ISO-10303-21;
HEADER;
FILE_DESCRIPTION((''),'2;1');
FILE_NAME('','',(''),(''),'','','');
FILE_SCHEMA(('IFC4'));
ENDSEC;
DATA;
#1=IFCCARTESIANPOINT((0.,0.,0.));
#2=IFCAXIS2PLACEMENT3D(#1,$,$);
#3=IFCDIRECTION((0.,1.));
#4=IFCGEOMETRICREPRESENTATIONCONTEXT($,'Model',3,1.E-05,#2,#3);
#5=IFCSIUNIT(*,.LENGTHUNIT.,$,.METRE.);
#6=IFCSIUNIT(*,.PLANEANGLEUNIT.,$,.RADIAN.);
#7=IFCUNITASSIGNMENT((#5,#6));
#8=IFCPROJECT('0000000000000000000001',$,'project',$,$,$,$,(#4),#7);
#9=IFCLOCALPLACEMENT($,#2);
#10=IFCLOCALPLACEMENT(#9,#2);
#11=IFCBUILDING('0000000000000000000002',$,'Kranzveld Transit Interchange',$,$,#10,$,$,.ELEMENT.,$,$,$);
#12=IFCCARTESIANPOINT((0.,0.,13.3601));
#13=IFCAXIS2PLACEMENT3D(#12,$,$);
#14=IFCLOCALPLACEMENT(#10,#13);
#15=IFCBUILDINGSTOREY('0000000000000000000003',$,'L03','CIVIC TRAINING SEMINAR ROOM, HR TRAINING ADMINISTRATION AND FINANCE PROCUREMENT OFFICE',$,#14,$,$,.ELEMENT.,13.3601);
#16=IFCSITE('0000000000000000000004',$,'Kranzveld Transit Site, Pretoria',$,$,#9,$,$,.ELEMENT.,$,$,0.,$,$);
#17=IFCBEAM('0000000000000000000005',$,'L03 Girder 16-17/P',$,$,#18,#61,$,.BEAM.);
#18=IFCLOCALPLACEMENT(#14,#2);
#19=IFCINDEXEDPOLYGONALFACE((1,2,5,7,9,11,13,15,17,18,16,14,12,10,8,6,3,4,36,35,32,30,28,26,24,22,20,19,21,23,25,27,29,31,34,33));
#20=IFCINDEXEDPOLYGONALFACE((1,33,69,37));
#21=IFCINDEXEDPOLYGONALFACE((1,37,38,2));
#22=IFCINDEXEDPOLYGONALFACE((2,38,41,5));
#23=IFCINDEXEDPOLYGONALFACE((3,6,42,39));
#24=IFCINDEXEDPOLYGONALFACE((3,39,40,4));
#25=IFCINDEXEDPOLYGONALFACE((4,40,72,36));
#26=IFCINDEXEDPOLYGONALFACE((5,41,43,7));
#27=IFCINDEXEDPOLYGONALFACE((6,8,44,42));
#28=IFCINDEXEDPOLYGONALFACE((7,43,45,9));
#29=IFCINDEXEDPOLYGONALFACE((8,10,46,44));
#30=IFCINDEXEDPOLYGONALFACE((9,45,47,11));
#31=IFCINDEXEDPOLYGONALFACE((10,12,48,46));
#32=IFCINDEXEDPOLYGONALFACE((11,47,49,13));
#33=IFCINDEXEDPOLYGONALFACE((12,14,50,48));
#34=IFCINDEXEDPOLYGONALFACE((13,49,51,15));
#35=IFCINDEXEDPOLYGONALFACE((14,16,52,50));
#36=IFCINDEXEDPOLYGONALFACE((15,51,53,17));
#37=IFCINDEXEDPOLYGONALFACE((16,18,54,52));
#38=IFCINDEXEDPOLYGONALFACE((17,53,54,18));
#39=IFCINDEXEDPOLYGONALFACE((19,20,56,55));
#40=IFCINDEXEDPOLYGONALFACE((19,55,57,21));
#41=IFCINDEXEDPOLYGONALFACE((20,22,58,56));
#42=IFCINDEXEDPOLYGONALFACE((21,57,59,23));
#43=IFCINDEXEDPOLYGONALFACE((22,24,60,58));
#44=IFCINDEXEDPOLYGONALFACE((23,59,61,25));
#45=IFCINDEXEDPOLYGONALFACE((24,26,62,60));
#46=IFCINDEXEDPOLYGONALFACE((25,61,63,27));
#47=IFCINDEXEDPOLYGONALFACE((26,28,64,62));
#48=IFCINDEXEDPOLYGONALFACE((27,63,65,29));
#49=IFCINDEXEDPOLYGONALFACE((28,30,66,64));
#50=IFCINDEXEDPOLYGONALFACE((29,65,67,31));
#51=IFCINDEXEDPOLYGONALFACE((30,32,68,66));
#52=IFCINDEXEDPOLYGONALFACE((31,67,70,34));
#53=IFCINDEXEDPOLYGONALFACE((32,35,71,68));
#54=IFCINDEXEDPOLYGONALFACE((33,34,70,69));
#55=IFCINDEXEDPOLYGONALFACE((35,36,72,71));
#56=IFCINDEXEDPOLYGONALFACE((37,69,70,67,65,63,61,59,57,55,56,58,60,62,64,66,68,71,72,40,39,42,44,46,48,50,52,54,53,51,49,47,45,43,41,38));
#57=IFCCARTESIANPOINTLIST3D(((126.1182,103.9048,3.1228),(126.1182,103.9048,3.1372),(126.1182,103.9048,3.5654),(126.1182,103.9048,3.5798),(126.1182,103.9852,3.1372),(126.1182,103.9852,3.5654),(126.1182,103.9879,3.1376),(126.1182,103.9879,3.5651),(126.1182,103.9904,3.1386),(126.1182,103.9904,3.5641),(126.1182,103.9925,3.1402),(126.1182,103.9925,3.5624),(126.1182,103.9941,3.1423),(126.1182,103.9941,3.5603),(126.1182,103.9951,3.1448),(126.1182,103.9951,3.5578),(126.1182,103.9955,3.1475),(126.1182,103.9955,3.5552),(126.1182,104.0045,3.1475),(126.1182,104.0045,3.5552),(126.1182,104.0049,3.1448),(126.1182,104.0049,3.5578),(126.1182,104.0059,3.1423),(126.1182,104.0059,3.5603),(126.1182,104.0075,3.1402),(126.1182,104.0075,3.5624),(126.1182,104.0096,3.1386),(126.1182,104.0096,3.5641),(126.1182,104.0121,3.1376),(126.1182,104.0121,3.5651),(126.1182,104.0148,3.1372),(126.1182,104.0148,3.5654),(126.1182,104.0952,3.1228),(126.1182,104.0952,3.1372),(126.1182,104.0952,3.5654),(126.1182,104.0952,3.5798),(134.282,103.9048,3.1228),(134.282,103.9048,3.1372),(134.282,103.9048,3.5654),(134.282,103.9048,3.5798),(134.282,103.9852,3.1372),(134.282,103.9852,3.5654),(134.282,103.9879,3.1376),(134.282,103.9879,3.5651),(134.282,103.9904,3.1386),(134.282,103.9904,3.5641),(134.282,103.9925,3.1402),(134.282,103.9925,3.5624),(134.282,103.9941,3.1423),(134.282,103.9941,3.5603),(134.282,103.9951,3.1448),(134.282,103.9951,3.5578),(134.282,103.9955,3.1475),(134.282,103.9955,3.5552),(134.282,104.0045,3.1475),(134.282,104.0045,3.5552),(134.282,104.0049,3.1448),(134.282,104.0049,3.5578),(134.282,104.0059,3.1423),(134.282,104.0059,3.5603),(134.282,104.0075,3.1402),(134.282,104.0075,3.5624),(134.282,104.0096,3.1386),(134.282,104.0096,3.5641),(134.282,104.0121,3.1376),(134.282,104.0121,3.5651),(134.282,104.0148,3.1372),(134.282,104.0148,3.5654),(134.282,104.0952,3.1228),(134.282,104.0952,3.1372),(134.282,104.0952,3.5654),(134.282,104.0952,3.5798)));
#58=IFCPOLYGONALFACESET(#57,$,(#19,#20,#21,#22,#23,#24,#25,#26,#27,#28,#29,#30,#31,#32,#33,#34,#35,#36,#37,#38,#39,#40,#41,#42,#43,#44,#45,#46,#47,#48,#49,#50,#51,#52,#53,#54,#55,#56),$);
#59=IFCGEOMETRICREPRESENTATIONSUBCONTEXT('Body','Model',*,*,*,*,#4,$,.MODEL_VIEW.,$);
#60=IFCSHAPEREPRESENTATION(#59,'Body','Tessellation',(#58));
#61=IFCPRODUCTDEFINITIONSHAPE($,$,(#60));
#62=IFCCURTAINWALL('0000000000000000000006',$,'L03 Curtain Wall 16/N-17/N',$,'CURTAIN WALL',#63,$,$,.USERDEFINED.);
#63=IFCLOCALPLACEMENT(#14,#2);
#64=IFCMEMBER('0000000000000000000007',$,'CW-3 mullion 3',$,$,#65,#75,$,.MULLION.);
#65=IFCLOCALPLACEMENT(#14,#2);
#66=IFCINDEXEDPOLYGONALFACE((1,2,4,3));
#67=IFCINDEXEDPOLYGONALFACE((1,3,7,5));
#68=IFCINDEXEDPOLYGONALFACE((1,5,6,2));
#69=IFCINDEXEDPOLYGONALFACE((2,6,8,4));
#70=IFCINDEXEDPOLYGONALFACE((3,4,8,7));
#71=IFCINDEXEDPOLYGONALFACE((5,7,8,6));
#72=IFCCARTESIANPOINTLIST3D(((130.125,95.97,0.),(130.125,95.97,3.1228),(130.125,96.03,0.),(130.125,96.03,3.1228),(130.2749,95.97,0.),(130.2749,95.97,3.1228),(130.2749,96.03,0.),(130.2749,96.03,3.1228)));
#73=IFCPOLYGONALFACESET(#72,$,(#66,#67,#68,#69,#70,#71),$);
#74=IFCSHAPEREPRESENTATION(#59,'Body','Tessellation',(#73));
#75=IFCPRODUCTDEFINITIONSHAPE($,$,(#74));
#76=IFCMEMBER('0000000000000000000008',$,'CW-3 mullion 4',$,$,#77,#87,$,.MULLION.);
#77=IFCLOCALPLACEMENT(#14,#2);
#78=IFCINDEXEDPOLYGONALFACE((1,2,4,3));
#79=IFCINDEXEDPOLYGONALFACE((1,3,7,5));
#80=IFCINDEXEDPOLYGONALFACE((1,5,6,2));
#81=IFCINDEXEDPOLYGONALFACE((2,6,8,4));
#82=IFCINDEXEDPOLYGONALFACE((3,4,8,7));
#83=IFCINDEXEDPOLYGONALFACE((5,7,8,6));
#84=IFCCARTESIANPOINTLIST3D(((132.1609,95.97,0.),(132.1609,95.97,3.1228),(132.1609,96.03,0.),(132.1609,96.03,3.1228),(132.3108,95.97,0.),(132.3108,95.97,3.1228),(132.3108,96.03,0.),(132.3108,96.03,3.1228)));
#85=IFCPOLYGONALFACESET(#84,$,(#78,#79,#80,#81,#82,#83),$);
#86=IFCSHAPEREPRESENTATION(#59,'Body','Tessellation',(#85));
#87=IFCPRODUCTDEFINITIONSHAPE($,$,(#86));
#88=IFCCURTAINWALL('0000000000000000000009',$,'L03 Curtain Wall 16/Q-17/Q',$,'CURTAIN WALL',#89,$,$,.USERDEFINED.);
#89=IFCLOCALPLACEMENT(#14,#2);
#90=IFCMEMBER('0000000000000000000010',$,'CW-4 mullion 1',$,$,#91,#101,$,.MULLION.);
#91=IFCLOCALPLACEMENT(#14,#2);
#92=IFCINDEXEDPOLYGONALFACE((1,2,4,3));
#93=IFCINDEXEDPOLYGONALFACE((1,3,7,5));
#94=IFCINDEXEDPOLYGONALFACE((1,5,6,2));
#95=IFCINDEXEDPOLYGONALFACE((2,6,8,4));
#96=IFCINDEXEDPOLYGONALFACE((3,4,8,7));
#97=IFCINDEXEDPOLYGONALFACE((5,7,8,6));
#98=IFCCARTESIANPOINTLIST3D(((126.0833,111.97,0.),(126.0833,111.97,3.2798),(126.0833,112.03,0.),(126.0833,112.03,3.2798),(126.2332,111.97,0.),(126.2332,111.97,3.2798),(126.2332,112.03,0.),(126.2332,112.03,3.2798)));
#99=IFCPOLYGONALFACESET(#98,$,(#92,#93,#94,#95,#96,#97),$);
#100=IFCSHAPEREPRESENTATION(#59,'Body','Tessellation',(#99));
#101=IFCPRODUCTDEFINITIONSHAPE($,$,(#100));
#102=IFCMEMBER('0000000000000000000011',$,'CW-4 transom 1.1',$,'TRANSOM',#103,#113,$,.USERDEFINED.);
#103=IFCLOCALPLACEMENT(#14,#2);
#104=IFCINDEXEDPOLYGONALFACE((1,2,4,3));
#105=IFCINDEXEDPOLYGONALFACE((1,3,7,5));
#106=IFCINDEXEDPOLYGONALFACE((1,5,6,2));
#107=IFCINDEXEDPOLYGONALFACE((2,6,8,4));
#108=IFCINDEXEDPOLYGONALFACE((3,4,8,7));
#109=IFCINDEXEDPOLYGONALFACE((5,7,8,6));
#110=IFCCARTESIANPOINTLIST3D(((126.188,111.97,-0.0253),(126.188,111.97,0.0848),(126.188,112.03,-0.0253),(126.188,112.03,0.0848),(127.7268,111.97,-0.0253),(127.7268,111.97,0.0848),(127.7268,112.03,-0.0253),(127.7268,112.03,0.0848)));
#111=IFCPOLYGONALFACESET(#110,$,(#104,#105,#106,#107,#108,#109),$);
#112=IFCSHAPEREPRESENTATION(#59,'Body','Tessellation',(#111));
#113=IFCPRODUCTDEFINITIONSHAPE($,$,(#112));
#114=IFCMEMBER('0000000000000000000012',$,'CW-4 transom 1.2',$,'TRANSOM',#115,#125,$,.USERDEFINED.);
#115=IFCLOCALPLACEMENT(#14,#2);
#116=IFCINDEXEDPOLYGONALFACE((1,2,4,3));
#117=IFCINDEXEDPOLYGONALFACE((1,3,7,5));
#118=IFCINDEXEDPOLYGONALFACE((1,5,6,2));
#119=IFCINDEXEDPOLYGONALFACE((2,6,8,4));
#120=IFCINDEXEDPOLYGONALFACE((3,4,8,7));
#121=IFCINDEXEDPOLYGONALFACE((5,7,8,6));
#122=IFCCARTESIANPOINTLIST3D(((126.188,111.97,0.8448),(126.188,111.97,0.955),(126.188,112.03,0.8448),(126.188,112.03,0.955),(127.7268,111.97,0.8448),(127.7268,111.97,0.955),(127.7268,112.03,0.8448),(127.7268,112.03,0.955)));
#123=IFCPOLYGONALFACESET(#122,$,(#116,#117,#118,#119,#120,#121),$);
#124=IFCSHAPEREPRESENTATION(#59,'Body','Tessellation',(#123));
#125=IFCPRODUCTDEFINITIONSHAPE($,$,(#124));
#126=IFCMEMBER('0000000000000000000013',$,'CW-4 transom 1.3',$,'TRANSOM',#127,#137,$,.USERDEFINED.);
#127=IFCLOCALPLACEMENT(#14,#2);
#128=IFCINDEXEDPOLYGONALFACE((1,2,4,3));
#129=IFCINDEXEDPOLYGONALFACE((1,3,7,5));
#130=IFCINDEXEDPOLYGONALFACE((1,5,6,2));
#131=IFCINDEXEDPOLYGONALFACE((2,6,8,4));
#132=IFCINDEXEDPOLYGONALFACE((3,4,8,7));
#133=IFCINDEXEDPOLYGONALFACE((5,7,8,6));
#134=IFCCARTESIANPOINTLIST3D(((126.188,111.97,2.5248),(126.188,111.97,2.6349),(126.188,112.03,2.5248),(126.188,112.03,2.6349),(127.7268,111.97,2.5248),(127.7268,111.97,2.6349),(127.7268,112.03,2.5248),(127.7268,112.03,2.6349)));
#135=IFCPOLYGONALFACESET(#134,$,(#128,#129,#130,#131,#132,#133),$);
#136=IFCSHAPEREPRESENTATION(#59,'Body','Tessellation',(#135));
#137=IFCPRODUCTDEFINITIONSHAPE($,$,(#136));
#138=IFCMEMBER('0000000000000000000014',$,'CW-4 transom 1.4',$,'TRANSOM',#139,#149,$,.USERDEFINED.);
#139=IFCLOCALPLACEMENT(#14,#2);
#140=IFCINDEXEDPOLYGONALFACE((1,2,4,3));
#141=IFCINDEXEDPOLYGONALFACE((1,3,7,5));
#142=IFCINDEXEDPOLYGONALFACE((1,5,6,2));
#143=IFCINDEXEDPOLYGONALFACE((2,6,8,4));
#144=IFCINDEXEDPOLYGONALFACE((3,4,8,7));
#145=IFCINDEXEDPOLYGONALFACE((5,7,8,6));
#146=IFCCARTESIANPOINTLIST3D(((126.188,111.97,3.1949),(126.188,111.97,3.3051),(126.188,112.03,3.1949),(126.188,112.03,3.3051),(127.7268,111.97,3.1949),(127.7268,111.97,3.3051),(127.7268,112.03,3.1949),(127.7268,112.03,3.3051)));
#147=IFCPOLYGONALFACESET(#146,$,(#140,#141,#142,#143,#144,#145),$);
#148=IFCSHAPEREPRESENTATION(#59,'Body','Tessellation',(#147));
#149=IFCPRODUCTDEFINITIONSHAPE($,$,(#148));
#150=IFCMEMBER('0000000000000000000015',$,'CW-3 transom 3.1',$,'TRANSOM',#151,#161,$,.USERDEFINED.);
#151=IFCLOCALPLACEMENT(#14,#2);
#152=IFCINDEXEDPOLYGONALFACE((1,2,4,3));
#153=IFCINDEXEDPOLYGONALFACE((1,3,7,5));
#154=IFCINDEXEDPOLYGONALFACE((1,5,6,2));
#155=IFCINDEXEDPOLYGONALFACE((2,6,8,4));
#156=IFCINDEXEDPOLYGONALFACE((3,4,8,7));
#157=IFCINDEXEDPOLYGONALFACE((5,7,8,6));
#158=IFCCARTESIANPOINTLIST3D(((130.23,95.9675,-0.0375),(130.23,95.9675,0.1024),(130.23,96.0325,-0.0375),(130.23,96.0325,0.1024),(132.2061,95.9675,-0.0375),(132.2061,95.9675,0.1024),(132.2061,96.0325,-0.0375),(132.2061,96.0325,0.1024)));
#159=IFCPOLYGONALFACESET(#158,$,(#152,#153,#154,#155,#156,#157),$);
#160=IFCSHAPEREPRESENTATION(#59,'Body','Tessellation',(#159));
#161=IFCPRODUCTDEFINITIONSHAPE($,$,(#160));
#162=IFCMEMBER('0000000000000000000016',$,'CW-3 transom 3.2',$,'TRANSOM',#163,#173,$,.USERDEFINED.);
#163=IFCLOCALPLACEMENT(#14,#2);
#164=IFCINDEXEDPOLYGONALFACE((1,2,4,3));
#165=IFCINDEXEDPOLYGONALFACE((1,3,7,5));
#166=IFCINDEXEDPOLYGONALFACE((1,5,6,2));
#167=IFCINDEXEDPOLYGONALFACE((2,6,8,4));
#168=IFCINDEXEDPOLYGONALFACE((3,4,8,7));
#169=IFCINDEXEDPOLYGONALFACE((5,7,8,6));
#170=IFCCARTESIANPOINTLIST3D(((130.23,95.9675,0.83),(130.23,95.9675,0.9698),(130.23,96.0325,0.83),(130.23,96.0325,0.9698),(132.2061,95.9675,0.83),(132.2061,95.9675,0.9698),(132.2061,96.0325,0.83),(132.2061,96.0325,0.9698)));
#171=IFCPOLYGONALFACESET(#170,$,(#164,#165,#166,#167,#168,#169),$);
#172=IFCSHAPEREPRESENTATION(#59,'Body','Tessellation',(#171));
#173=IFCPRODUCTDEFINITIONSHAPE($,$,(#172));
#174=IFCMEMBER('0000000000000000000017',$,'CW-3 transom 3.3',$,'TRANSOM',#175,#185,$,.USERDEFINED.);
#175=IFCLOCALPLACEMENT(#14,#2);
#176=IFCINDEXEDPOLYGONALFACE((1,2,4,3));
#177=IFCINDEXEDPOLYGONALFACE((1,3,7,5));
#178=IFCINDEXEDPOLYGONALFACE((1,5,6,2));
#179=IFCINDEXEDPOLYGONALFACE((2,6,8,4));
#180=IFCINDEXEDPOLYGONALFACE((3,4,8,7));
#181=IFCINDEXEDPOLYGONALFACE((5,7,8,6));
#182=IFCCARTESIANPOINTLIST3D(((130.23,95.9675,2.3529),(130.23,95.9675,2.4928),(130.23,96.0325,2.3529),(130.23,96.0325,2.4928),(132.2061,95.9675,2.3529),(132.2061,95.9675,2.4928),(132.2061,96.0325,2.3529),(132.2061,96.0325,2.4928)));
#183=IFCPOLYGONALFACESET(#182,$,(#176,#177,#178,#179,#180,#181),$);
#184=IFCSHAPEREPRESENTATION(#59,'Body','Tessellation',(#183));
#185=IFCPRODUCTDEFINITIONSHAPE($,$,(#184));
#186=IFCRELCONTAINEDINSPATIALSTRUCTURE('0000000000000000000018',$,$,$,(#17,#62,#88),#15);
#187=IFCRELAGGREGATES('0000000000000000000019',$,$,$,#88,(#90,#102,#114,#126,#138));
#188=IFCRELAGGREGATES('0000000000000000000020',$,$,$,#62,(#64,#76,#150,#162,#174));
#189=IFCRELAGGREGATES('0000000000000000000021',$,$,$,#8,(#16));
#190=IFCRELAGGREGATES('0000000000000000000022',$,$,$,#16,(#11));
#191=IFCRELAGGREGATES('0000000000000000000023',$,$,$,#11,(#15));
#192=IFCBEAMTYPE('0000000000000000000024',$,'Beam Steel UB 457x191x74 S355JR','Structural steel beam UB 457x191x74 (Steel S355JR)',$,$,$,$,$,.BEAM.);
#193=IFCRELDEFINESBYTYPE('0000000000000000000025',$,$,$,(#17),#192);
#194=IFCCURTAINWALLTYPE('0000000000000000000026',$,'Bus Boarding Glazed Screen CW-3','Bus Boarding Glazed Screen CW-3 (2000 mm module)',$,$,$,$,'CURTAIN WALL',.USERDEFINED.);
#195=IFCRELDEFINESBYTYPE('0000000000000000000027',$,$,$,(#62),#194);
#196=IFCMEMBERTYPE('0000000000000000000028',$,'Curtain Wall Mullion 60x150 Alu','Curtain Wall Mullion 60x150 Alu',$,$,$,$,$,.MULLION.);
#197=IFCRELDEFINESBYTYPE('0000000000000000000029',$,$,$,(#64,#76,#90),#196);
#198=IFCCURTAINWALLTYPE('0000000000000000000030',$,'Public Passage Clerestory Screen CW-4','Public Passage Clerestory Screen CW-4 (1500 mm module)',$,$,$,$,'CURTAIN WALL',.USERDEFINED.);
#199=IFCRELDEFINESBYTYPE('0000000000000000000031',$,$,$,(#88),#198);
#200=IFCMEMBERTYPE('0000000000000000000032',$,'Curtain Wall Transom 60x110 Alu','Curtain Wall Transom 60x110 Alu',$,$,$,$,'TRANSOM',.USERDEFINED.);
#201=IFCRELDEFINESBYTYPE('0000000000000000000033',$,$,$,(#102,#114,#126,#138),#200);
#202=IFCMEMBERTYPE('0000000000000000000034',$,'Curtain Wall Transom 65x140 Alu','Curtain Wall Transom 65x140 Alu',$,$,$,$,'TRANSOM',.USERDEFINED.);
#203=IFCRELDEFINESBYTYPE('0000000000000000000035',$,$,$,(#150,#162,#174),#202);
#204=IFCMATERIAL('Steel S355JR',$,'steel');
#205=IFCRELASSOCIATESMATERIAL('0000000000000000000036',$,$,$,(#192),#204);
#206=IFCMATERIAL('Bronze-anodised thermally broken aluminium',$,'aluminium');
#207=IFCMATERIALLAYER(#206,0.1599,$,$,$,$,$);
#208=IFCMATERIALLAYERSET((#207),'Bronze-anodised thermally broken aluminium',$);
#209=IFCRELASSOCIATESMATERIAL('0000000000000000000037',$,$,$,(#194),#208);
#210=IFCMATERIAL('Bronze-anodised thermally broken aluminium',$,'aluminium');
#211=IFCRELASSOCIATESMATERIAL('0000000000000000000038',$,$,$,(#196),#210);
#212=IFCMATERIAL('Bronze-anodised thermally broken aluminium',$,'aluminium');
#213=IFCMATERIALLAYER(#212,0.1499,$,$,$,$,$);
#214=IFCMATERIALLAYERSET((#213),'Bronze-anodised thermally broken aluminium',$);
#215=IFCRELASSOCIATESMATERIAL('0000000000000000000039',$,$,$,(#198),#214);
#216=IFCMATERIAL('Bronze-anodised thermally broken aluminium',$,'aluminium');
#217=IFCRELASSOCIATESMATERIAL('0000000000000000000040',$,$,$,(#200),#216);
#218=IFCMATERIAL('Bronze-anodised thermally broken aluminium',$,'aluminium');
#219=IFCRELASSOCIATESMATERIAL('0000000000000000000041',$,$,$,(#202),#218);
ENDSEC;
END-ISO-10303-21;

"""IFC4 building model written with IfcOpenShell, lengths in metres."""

from ifc_helpers import new_model, si_unit, direction, frame, origin, origin_2d, place, context, subcontext, project, spatial, rectangle, i_section, extrude, material, layer, layer_set, material_profile, profile_set, type_object, element, aggregate, save


model = new_model("IFC4")

# Units and contexts
model_context = context("Model", 3, precision=1e-05, world=origin(), true_north=direction((0.0, 1.0)))
body_context = subcontext(model_context, "Body", "Model", "MODEL_VIEW")
ifc_project = project(units=[si_unit("LENGTHUNIT", "METRE"), si_unit("PLANEANGLEUNIT", "RADIAN")], contexts=[model_context])

# Site, building, storey
site_placement = place(None, origin())
site = spatial("IfcSite", under=ifc_project, at=site_placement, Name="Kranzveld Transit Site, Pretoria", CompositionType="ELEMENT", RefElevation=0.0)
building_placement = place(site_placement, origin())
building = spatial("IfcBuilding", under=site, at=building_placement, Name="Kranzveld Transit Interchange", CompositionType="ELEMENT")
storey_placement = place(building_placement, frame((0.0, 0.0, 13.3601)))
storey = spatial("IfcBuildingStorey", under=building, at=storey_placement, Name="L03", Description="CIVIC TRAINING SEMINAR ROOM, HR TRAINING ADMINISTRATION AND FINANCE PROCUREMENT OFFICE", CompositionType="ELEMENT", Elevation=13.3601)

# Beam
ifc_material_1 = material(Name="Steel S355JR", Category="steel")
ifc_material_profile_1 = material_profile(ifc_material_1, i_section(OverallWidth=0.1904, OverallDepth=0.457, WebThickness=0.009, FlangeThickness=0.0144, FilletRadius=0.0103, at=origin_2d()), Name="UB 457x191x74")
ifc_profile_set_1 = profile_set([ifc_material_profile_1], Name="Steel S355JR")
beam_type_1 = type_object("IfcBeamType", Name="Beam Steel UB 457x191x74 S355JR", Description="Structural steel beam UB 457x191x74 (Steel S355JR)", PredefinedType="BEAM", material=ifc_profile_set_1)
beam_1_placement = place(storey_placement, frame((126.1182, 104.0, 3.3513), z_axis=(1.0, 0.0, 0.0), x_axis=(0.0, 1.0, 0.0)))
element("IfcBeam", 1, at=beam_1_placement, inside=storey, type_object=beam_type_1, Name="L03 Girder 16-17/P", PredefinedType="BEAM", context=body_context, shape_type="SweptSolid", body=[
    extrude(i_section(OverallWidth=0.1904, OverallDepth=0.457, WebThickness=0.009, FlangeThickness=0.0144, FilletRadius=0.0103, at=origin_2d()), origin(), (0.0, 0.0, 1.0), 8.1638),
])

# Curtain walls, members
ifc_material_2 = material(Name="Bronze-anodised thermally broken aluminium", Category="aluminium")
ifc_layer_1 = layer(ifc_material_2, 0.1599)
ifc_layer_set_1 = layer_set([ifc_layer_1], Name="Bronze-anodised thermally broken aluminium")
curtain_wall_type_1 = type_object("IfcCurtainWallType", Name="Bus Boarding Glazed Screen CW-3", Description="Bus Boarding Glazed Screen CW-3 (2000 mm module)", ElementType="CURTAIN WALL", PredefinedType="USERDEFINED", material=ifc_layer_set_1)
curtain_wall_1_placement = place(storey_placement, origin())
curtain_wall_1 = element("IfcCurtainWall", 2, at=curtain_wall_1_placement, inside=storey, type_object=curtain_wall_type_1, Name="L03 Curtain Wall 16/N-17/N", ObjectType="CURTAIN WALL", PredefinedType="USERDEFINED")
ifc_material_3 = material(Name="Bronze-anodised thermally broken aluminium", Category="aluminium")
ifc_material_profile_2 = material_profile(ifc_material_3, rectangle(XDim=0.0601, YDim=0.1499, at=origin_2d()), Name="ALU MULLION 60x150")
ifc_profile_set_2 = profile_set([ifc_material_profile_2], Name="Bronze-anodised thermally broken aluminium")
member_type_1 = type_object("IfcMemberType", Name="Curtain Wall Mullion 60x150 Alu", Description="Curtain Wall Mullion 60x150 Alu", PredefinedType="MULLION", material=ifc_profile_set_2)
member_1_placement = place(storey_placement, frame((130.2, 96.0, 0.0), z_axis=(0.0, 0.0, 1.0), x_axis=(0.0, 1.0, 0.0)))
member_1 = element("IfcMember", 3, at=member_1_placement, type_object=member_type_1, Name="CW-3 mullion 3", PredefinedType="MULLION", context=body_context, shape_type="SweptSolid", body=[
    extrude(rectangle(XDim=0.0601, YDim=0.1499, at=origin_2d()), origin(), (0.0, 0.0, 1.0), 3.1228),
])
member_2_placement = place(storey_placement, frame((132.2358, 96.0, 0.0), z_axis=(0.0, 0.0, 1.0), x_axis=(0.0, 1.0, 0.0)))
member_2 = element("IfcMember", 4, at=member_2_placement, type_object=member_type_1, Name="CW-3 mullion 4", PredefinedType="MULLION", context=body_context, shape_type="SweptSolid", body=[
    extrude(rectangle(XDim=0.0601, YDim=0.1499, at=origin_2d()), origin(), (0.0, 0.0, 1.0), 3.1228),
])
ifc_material_4 = material(Name="Bronze-anodised thermally broken aluminium", Category="aluminium")
ifc_layer_2 = layer(ifc_material_4, 0.1499)
ifc_layer_set_2 = layer_set([ifc_layer_2], Name="Bronze-anodised thermally broken aluminium")
curtain_wall_type_2 = type_object("IfcCurtainWallType", Name="Public Passage Clerestory Screen CW-4", Description="Public Passage Clerestory Screen CW-4 (1500 mm module)", ElementType="CURTAIN WALL", PredefinedType="USERDEFINED", material=ifc_layer_set_2)
curtain_wall_2_placement = place(storey_placement, origin())
curtain_wall_2 = element("IfcCurtainWall", 5, at=curtain_wall_2_placement, inside=storey, type_object=curtain_wall_type_2, Name="L03 Curtain Wall 16/Q-17/Q", ObjectType="CURTAIN WALL", PredefinedType="USERDEFINED")
member_3_placement = place(storey_placement, frame((126.1582, 112.0, 0.0), z_axis=(0.0, 0.0, 1.0), x_axis=(0.0, 1.0, 0.0)))
member_3 = element("IfcMember", 6, at=member_3_placement, type_object=member_type_1, Name="CW-4 mullion 1", PredefinedType="MULLION", context=body_context, shape_type="SweptSolid", body=[
    extrude(rectangle(XDim=0.0601, YDim=0.1499, at=origin_2d()), origin(), (0.0, 0.0, 1.0), 3.2798),
])
ifc_material_5 = material(Name="Bronze-anodised thermally broken aluminium", Category="aluminium")
ifc_material_profile_3 = material_profile(ifc_material_5, rectangle(XDim=0.0601, YDim=0.1101, at=origin_2d()), Name="ALU TRANSOM 60x110")
ifc_profile_set_3 = profile_set([ifc_material_profile_3], Name="Bronze-anodised thermally broken aluminium")
member_type_2 = type_object("IfcMemberType", Name="Curtain Wall Transom 60x110 Alu", Description="Curtain Wall Transom 60x110 Alu", ElementType="TRANSOM", PredefinedType="USERDEFINED", material=ifc_profile_set_3)
member_4_placement = place(storey_placement, frame((126.188, 112.0, 0.0298), z_axis=(1.0, 0.0, 0.0), x_axis=(0.0, 1.0, 0.0)))
member_4 = element("IfcMember", 7, at=member_4_placement, type_object=member_type_2, Name="CW-4 transom 1.1", ObjectType="TRANSOM", PredefinedType="USERDEFINED", context=body_context, shape_type="SweptSolid", body=[
    extrude(rectangle(XDim=0.0601, YDim=0.1101, at=origin_2d()), origin(), (0.0, 0.0, 1.0), 1.5388),
])
member_5_placement = place(storey_placement, frame((126.188, 112.0, 0.8999), z_axis=(1.0, 0.0, 0.0), x_axis=(0.0, 1.0, 0.0)))
member_5 = element("IfcMember", 8, at=member_5_placement, type_object=member_type_2, Name="CW-4 transom 1.2", ObjectType="TRANSOM", PredefinedType="USERDEFINED", context=body_context, shape_type="SweptSolid", body=[
    extrude(rectangle(XDim=0.0601, YDim=0.1101, at=origin_2d()), origin(), (0.0, 0.0, 1.0), 1.5388),
])
member_6_placement = place(storey_placement, frame((126.188, 112.0, 2.5798), z_axis=(1.0, 0.0, 0.0), x_axis=(0.0, 1.0, 0.0)))
member_6 = element("IfcMember", 9, at=member_6_placement, type_object=member_type_2, Name="CW-4 transom 1.3", ObjectType="TRANSOM", PredefinedType="USERDEFINED", context=body_context, shape_type="SweptSolid", body=[
    extrude(rectangle(XDim=0.0601, YDim=0.1101, at=origin_2d()), origin(), (0.0, 0.0, 1.0), 1.5388),
])
member_7_placement = place(storey_placement, frame((126.188, 112.0, 3.25), z_axis=(1.0, 0.0, 0.0), x_axis=(0.0, 1.0, 0.0)))
member_7 = element("IfcMember", 10, at=member_7_placement, type_object=member_type_2, Name="CW-4 transom 1.4", ObjectType="TRANSOM", PredefinedType="USERDEFINED", context=body_context, shape_type="SweptSolid", body=[
    extrude(rectangle(XDim=0.0601, YDim=0.1101, at=origin_2d()), origin(), (0.0, 0.0, 1.0), 1.5388),
])

# Members
ifc_material_6 = material(Name="Bronze-anodised thermally broken aluminium", Category="aluminium")
ifc_material_profile_4 = material_profile(ifc_material_6, rectangle(XDim=0.0649, YDim=0.1399, at=origin_2d()), Name="ALU TRANSOM 65x140")
ifc_profile_set_4 = profile_set([ifc_material_profile_4], Name="Bronze-anodised thermally broken aluminium")
member_type_3 = type_object("IfcMemberType", Name="Curtain Wall Transom 65x140 Alu", Description="Curtain Wall Transom 65x140 Alu", ElementType="TRANSOM", PredefinedType="USERDEFINED", material=ifc_profile_set_4)
member_8_placement = place(storey_placement, frame((130.23, 96.0, 0.0325), z_axis=(1.0, 0.0, 0.0), x_axis=(0.0, 1.0, 0.0)))
member_8 = element("IfcMember", 11, at=member_8_placement, type_object=member_type_3, Name="CW-3 transom 3.1", ObjectType="TRANSOM", PredefinedType="USERDEFINED", context=body_context, shape_type="SweptSolid", body=[
    extrude(rectangle(XDim=0.0649, YDim=0.1399, at=origin_2d()), origin(), (0.0, 0.0, 1.0), 1.9761),
])
member_9_placement = place(storey_placement, frame((130.23, 96.0, 0.8999), z_axis=(1.0, 0.0, 0.0), x_axis=(0.0, 1.0, 0.0)))
member_9 = element("IfcMember", 12, at=member_9_placement, type_object=member_type_3, Name="CW-3 transom 3.2", ObjectType="TRANSOM", PredefinedType="USERDEFINED", context=body_context, shape_type="SweptSolid", body=[
    extrude(rectangle(XDim=0.0649, YDim=0.1399, at=origin_2d()), origin(), (0.0, 0.0, 1.0), 1.9761),
])
member_10_placement = place(storey_placement, frame((130.23, 96.0, 2.4229), z_axis=(1.0, 0.0, 0.0), x_axis=(0.0, 1.0, 0.0)))
member_10 = element("IfcMember", 13, at=member_10_placement, type_object=member_type_3, Name="CW-3 transom 3.3", ObjectType="TRANSOM", PredefinedType="USERDEFINED", context=body_context, shape_type="SweptSolid", body=[
    extrude(rectangle(XDim=0.0649, YDim=0.1399, at=origin_2d()), origin(), (0.0, 0.0, 1.0), 1.9761),
])

aggregate(curtain_wall_2, [member_3, member_4, member_5, member_6, member_7])
aggregate(curtain_wall_1, [member_1, member_2, member_8, member_9, member_10])

save(model, "model.ifc")
